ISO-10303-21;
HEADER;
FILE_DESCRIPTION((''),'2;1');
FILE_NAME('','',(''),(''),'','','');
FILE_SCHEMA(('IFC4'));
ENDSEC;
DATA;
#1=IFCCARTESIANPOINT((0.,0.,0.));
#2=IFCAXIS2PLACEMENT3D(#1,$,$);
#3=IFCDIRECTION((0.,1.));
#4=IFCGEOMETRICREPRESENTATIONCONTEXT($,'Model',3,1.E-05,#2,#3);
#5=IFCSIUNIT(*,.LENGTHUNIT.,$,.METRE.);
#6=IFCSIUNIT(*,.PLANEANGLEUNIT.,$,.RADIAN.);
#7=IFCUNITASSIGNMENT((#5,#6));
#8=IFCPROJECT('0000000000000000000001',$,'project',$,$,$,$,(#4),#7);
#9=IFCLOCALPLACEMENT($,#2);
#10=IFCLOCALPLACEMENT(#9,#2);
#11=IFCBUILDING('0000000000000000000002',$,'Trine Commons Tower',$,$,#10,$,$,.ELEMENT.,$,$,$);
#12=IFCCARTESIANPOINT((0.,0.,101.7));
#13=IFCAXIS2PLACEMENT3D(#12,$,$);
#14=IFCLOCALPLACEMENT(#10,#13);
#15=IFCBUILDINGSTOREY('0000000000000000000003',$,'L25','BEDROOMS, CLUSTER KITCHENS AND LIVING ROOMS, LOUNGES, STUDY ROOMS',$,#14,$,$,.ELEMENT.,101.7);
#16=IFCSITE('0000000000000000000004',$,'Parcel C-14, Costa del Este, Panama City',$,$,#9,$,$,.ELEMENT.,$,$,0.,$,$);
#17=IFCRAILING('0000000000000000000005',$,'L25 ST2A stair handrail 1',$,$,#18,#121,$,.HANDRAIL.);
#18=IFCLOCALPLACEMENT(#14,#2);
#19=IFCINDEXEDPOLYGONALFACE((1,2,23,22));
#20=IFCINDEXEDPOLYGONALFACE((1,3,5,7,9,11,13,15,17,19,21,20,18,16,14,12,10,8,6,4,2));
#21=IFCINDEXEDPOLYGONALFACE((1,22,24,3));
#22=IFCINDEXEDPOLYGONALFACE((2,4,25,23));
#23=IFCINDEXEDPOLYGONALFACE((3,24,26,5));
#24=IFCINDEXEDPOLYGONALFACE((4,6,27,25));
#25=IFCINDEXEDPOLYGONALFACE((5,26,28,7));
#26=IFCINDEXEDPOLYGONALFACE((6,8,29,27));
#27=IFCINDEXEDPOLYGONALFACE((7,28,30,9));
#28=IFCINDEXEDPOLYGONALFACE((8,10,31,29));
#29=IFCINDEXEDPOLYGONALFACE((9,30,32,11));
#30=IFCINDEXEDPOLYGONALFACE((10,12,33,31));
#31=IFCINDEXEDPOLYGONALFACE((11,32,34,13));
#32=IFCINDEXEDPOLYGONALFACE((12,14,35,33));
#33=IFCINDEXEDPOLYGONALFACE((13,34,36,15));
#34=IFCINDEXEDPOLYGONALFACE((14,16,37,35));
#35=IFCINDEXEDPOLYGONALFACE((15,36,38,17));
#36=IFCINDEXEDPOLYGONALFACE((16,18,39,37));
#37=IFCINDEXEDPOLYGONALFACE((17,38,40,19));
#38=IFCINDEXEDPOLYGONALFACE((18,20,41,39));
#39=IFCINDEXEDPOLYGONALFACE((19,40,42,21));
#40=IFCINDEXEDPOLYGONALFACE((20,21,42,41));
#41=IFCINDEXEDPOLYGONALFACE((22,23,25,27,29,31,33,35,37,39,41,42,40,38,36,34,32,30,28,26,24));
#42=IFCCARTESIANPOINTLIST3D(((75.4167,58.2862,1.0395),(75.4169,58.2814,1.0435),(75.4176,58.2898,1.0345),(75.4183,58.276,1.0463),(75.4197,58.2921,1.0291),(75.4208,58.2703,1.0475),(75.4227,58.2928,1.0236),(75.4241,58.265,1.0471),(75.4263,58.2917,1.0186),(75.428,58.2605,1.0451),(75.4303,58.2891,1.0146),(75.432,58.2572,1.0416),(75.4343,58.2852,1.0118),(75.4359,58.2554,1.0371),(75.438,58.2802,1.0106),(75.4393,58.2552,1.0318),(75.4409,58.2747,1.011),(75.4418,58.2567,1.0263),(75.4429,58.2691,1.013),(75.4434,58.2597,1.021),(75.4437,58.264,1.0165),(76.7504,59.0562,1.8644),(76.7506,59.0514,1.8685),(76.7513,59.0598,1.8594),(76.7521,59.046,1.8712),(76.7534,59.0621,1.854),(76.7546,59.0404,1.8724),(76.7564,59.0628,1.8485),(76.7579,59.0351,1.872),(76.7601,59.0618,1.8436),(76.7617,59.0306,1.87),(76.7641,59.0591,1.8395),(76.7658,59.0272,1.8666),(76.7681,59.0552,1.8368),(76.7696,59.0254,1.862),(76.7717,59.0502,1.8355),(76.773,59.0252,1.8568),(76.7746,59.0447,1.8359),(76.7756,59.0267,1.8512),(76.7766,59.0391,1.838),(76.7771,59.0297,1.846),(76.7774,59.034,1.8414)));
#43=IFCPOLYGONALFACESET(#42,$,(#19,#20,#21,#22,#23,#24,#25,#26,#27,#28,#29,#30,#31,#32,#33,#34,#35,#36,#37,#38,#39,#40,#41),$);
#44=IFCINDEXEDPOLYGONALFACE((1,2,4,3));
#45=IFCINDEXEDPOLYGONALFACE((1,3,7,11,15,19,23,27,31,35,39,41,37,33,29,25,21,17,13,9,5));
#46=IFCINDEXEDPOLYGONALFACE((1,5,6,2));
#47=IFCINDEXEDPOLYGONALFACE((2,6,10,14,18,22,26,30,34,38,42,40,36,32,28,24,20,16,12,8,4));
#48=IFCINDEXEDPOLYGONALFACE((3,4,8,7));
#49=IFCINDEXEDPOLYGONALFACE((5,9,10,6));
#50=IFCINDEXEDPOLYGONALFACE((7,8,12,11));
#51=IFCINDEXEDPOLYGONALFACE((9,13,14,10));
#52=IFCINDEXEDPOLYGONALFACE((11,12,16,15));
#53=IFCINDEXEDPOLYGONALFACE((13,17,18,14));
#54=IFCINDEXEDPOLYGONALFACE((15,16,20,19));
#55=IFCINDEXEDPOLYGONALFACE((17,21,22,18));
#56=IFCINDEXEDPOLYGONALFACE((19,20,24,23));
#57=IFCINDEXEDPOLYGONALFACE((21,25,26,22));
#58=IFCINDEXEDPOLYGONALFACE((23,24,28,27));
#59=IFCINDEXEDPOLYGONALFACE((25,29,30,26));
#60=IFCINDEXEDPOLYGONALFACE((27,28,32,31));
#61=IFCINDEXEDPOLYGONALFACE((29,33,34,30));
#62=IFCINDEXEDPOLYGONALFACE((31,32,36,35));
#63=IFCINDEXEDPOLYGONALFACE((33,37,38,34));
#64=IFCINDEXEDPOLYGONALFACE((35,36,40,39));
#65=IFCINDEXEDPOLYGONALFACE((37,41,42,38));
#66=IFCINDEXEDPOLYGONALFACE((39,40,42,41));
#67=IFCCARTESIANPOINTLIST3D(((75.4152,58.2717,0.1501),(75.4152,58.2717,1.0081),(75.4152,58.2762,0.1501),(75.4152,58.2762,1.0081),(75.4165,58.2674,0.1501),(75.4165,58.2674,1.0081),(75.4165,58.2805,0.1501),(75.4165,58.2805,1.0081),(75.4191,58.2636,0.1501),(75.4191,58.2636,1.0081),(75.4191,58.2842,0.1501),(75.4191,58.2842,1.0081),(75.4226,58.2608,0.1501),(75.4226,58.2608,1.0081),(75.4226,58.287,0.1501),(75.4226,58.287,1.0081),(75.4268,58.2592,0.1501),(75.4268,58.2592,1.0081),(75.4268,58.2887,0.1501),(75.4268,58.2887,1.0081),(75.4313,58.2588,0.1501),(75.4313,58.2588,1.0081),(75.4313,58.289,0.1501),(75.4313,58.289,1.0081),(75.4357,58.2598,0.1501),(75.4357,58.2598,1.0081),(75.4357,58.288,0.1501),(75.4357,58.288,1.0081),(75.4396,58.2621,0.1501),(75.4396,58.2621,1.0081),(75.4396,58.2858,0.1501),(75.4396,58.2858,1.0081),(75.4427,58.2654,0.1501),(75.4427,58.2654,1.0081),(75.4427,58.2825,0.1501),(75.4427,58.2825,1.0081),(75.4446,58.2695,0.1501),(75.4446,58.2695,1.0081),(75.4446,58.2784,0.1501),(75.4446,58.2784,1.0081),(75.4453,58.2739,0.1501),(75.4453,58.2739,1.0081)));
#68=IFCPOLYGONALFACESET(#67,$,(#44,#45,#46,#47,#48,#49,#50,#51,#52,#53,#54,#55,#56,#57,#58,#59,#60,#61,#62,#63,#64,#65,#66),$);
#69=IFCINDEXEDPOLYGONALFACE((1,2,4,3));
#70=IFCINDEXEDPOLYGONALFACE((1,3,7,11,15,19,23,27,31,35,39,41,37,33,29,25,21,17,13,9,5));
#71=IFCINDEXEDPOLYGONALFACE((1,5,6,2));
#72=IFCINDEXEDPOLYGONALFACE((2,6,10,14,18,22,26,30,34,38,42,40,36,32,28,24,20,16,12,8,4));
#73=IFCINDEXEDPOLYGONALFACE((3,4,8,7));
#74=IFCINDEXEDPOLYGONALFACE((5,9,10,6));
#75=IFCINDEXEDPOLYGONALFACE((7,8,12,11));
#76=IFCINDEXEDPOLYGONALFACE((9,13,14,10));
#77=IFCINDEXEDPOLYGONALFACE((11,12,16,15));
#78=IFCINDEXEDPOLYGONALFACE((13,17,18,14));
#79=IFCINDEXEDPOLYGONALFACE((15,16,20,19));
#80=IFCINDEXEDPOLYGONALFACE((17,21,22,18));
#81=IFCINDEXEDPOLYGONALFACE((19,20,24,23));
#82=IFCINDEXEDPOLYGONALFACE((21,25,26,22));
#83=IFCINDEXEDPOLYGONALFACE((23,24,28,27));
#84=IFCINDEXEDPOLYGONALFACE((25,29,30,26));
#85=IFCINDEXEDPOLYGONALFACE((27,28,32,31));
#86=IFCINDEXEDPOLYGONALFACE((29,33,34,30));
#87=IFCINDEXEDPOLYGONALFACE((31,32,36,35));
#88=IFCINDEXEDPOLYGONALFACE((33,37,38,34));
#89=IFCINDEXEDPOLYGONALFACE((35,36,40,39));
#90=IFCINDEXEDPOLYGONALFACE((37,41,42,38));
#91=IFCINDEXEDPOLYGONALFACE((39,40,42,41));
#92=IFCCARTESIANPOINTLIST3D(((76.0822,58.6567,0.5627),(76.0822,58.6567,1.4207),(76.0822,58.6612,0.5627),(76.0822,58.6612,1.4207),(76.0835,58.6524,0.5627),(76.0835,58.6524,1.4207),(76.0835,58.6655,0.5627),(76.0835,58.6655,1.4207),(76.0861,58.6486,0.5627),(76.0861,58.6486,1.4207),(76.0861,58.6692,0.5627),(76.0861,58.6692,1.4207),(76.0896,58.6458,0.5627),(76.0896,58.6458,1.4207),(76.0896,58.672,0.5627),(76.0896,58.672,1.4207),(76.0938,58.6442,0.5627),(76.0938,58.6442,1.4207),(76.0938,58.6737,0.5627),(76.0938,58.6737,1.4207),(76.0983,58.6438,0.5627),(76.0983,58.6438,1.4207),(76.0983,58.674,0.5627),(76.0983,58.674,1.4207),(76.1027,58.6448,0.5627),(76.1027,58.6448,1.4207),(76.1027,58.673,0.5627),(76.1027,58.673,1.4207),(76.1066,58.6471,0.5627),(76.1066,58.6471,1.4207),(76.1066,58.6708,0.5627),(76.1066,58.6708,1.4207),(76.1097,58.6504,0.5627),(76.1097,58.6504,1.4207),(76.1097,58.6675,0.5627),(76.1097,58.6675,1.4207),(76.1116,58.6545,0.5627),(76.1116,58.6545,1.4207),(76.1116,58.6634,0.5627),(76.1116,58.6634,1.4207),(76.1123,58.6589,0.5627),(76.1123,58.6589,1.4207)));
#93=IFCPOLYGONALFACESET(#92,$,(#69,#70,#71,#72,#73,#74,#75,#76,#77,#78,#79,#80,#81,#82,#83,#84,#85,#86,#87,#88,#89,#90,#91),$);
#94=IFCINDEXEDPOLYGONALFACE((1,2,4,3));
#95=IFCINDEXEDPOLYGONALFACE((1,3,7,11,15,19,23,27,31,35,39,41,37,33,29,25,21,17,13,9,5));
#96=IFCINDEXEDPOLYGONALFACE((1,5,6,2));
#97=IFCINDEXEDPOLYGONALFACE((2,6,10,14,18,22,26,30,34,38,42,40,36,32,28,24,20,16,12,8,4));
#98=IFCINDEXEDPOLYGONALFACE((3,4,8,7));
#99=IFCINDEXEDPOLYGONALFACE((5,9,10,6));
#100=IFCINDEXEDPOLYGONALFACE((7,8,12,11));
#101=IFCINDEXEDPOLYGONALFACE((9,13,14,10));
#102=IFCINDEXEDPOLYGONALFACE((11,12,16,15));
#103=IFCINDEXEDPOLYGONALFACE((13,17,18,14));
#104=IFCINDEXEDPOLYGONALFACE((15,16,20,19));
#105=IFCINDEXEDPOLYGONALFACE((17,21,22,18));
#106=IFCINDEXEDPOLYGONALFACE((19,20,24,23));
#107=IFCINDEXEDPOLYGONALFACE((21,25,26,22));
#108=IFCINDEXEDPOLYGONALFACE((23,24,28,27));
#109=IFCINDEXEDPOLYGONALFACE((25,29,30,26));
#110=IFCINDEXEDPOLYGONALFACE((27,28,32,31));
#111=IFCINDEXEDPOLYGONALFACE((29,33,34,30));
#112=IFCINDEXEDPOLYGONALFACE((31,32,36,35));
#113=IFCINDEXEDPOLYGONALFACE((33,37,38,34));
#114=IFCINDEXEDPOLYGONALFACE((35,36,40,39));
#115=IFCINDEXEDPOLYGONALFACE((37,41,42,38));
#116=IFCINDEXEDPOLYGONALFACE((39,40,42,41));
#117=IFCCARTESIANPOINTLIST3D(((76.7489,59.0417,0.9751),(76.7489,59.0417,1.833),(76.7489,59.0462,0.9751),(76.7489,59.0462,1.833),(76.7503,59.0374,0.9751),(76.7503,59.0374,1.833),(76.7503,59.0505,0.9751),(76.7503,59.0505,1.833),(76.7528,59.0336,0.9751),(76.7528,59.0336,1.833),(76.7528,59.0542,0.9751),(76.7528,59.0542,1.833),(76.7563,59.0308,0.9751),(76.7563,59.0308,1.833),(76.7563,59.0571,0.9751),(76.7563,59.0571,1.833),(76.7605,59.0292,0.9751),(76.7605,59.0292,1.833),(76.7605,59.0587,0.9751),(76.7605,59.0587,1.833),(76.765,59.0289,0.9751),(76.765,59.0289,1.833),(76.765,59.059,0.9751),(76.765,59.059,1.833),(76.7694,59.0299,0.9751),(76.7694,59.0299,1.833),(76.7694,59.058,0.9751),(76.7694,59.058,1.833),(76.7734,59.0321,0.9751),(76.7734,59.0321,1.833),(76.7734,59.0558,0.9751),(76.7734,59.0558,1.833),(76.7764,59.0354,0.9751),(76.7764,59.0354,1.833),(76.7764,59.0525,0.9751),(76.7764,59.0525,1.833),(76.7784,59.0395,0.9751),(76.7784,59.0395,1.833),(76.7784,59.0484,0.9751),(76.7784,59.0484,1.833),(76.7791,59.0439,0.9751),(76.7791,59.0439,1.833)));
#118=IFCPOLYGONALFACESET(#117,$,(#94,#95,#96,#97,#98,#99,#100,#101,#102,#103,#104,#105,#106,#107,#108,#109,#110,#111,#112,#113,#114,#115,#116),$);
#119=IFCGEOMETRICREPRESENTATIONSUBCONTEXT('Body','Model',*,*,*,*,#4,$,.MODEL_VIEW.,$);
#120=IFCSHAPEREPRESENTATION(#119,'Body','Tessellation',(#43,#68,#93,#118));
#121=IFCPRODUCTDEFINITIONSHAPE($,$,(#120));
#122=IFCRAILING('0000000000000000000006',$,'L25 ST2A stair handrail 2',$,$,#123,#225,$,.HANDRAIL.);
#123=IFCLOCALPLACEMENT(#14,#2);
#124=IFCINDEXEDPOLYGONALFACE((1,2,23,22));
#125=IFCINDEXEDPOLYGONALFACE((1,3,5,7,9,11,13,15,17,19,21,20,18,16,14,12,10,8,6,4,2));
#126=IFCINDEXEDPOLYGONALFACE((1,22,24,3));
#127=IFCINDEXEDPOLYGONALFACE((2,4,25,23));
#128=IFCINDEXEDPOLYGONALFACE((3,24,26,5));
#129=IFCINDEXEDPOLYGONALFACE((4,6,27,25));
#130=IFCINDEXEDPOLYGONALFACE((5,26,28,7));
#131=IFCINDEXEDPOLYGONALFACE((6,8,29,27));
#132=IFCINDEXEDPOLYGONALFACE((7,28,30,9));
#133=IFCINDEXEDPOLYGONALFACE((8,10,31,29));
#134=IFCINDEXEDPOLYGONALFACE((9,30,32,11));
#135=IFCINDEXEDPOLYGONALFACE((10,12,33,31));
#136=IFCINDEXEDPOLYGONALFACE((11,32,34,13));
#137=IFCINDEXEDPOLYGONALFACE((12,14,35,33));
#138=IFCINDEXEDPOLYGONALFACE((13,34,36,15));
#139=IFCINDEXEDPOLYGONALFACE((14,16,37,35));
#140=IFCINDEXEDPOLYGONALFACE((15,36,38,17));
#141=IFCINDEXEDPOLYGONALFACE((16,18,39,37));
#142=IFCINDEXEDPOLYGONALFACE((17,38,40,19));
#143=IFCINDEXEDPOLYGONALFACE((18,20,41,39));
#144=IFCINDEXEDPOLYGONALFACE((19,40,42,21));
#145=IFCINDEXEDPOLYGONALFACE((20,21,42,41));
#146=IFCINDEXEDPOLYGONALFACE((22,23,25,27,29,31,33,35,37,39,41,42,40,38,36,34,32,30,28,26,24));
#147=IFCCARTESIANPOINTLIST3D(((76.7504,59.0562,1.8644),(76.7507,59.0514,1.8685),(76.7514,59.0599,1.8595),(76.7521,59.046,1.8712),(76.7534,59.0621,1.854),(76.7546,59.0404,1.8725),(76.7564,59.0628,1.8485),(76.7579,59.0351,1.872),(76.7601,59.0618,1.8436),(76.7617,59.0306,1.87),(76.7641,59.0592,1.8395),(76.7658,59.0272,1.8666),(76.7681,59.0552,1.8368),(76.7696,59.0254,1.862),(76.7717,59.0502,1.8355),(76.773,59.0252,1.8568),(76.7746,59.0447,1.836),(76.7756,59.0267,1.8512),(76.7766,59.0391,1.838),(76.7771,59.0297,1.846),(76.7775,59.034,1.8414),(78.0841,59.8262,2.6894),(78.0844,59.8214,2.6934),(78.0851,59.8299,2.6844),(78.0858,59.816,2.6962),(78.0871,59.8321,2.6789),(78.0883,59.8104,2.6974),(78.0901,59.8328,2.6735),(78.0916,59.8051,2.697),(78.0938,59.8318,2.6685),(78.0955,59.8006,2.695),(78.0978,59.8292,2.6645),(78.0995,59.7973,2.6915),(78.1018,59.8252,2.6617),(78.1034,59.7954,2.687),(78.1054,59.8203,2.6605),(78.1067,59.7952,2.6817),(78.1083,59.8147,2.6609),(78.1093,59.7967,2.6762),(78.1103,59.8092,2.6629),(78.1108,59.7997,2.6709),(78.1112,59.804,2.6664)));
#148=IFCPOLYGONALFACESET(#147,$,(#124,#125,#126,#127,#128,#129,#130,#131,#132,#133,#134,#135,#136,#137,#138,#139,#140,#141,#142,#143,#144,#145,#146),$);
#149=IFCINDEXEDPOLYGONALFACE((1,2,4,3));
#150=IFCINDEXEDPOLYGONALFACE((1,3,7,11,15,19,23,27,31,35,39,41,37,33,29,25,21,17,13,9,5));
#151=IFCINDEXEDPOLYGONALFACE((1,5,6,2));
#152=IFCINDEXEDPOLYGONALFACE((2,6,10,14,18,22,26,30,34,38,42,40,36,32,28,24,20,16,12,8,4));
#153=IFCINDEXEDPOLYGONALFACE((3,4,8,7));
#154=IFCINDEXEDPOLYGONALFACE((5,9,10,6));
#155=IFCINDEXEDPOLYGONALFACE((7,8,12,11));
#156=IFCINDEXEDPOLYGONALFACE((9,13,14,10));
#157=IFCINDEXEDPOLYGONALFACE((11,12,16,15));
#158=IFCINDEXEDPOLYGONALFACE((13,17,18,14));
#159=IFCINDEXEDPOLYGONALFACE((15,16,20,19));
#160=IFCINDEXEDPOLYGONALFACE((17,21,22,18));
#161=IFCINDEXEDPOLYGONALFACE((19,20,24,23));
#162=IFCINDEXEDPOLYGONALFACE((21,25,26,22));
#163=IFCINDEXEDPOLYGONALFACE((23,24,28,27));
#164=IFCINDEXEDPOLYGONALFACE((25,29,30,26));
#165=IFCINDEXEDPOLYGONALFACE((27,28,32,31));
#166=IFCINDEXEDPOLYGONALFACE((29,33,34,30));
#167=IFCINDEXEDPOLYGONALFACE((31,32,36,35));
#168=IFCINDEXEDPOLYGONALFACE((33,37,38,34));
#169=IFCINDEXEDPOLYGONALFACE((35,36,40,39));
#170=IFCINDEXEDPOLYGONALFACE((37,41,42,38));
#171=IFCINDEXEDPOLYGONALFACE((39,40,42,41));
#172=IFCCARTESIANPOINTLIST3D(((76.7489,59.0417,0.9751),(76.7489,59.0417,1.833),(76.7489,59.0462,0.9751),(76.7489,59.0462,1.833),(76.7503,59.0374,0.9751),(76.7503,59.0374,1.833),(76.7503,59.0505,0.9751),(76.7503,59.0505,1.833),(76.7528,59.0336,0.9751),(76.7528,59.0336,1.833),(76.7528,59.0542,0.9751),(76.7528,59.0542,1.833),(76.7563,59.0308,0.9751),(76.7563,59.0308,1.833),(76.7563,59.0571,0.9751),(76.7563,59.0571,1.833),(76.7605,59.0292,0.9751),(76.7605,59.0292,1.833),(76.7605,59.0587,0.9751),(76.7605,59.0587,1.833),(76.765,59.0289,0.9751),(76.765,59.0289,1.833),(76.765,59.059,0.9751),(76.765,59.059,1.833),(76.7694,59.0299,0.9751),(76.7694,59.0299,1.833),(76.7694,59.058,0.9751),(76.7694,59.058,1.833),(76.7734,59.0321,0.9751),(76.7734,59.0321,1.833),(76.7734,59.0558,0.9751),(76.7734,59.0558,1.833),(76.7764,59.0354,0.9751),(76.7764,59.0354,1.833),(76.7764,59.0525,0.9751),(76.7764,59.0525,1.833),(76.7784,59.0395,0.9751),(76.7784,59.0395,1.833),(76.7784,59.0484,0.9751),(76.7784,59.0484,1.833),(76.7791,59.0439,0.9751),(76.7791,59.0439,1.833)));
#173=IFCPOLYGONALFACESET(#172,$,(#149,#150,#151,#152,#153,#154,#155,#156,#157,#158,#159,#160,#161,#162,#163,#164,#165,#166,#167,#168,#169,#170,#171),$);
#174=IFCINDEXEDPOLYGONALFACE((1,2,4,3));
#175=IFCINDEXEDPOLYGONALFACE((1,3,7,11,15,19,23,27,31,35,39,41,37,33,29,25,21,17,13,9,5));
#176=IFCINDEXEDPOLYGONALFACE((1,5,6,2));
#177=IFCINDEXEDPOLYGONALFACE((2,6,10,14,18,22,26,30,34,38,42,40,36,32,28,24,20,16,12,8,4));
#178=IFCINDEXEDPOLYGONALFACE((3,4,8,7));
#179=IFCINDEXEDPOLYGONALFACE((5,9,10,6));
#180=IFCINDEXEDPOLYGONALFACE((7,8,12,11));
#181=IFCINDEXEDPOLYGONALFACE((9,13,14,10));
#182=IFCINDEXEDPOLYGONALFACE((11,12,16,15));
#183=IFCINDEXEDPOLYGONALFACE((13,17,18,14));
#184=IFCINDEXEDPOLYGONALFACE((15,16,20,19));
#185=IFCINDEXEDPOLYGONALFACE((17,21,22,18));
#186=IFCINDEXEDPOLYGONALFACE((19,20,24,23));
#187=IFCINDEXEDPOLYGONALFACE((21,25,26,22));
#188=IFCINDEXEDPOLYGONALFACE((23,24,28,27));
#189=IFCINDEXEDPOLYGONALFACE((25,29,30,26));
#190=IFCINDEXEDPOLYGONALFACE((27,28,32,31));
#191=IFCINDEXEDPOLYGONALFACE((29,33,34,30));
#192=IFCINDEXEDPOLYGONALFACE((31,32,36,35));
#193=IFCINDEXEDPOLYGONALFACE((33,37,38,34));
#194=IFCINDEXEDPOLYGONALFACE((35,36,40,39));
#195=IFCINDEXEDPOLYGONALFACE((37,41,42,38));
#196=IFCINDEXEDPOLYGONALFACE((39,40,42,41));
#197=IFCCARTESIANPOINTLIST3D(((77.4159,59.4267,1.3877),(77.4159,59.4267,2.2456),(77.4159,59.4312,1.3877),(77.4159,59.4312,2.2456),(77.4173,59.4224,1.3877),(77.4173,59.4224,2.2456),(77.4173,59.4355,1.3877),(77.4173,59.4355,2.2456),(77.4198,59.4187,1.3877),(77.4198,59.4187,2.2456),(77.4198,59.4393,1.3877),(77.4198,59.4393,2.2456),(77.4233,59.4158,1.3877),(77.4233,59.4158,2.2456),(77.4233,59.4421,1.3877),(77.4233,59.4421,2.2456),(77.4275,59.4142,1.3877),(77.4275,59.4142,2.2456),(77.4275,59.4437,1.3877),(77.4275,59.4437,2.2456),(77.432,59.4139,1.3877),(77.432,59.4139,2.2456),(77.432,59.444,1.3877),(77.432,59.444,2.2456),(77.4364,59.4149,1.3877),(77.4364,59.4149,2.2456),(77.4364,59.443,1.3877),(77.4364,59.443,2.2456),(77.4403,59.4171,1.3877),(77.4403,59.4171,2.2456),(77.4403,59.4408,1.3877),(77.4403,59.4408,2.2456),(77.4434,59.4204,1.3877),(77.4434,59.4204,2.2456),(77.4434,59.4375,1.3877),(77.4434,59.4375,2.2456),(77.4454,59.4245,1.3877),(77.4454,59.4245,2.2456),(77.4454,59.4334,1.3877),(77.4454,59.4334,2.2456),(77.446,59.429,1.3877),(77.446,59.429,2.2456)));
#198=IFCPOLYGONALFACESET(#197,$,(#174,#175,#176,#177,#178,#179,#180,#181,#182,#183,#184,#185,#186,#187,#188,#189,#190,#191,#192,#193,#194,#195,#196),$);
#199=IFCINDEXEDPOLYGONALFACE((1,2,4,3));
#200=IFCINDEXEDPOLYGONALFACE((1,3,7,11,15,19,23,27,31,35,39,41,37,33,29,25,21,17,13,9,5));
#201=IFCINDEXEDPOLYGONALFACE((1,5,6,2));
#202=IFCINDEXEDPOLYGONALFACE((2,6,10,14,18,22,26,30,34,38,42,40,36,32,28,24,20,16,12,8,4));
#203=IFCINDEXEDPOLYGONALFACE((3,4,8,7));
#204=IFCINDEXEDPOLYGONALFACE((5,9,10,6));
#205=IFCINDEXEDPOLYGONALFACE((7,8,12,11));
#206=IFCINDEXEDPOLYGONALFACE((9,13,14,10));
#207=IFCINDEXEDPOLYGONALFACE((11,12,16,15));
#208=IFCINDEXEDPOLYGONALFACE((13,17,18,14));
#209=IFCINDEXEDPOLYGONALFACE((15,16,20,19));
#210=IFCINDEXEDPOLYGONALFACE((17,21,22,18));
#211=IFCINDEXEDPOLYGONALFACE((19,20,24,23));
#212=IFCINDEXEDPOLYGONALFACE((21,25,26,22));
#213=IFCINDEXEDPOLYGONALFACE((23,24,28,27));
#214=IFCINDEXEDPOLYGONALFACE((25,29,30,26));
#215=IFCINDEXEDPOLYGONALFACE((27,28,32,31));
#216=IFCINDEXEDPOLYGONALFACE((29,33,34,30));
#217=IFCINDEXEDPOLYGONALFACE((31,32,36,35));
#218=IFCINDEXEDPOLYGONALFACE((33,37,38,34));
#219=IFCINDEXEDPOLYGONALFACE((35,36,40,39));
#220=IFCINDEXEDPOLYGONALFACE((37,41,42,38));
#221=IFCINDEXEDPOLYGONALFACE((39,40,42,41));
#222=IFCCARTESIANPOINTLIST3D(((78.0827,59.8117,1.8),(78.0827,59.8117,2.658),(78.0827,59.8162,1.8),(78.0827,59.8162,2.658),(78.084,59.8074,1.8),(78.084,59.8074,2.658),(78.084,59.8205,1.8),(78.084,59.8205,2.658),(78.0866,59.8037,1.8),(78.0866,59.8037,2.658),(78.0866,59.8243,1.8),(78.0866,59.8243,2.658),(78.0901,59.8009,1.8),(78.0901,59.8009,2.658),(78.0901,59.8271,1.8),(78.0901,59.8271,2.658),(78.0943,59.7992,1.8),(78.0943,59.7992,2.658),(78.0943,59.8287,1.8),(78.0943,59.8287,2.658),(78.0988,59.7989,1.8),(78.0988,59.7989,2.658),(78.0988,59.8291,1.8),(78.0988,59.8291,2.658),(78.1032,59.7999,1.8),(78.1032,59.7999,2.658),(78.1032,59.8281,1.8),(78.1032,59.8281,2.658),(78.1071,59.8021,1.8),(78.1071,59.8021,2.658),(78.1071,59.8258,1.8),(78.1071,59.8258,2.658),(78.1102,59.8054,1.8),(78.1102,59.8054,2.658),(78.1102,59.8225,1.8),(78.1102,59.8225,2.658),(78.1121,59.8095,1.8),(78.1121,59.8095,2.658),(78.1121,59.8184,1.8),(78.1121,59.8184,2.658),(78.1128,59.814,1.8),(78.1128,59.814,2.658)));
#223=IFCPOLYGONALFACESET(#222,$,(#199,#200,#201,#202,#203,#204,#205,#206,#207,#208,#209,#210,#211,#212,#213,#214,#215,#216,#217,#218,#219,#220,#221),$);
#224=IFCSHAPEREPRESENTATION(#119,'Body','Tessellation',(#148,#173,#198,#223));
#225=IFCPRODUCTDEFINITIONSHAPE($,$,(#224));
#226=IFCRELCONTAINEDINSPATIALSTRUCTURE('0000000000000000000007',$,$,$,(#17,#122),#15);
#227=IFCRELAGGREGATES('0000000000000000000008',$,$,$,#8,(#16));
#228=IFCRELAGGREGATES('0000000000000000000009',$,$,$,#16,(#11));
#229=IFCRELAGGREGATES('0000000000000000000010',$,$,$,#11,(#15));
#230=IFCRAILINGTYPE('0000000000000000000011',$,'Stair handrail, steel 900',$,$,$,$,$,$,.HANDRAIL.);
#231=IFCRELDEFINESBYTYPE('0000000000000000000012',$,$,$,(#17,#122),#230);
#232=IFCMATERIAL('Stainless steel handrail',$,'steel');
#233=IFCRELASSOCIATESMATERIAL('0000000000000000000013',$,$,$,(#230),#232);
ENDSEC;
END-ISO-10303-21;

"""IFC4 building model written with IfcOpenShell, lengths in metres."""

from ifc_helpers import new_model, si_unit, direction, frame, origin, origin_2d, place, context, subcontext, project, spatial, circle, extrude, material, type_object, element, save


model = new_model("IFC4")

# Units and contexts
model_context = context("Model", 3, precision=1e-05, world=origin(), true_north=direction((0.0, 1.0)))
body_context = subcontext(model_context, "Body", "Model", "MODEL_VIEW")
ifc_project = project(units=[si_unit("LENGTHUNIT", "METRE"), si_unit("PLANEANGLEUNIT", "RADIAN")], contexts=[model_context])

# Site, building, storey
site_placement = place(None, origin())
site = spatial("IfcSite", under=ifc_project, at=site_placement, Name="Parcel C-14, Costa del Este, Panama City", CompositionType="ELEMENT", RefElevation=0.0)
building_placement = place(site_placement, origin())
building = spatial("IfcBuilding", under=site, at=building_placement, Name="Trine Commons Tower", CompositionType="ELEMENT")
storey_placement = place(building_placement, frame((0.0, 0.0, 101.7)))
storey = spatial("IfcBuildingStorey", under=building, at=storey_placement, Name="L25", Description="BEDROOMS, CLUSTER KITCHENS AND LIVING ROOMS, LOUNGES, STUDY ROOMS", CompositionType="ELEMENT", Elevation=101.7)

# Railings
ifc_material_1 = material(Name="Stainless steel handrail", Category="steel")
railing_type_1 = type_object("IfcRailingType", Name="Stair handrail, steel 900", PredefinedType="HANDRAIL", material=ifc_material_1)
for number, where, name in (
    (1, (75.4302, 58.2739, 0.1501), "L25 ST2A stair handrail 1"),
    (2, (76.7639, 59.0439, 0.9751), "L25 ST2A stair handrail 2"),
):
    element("IfcRailing", number, at=place(storey_placement, frame(where)), inside=storey, type_object=railing_type_1, Name=name, PredefinedType="HANDRAIL", context=body_context, shape_type="SweptSolid", body=[
        extrude(circle(Radius=0.021, at=origin_2d()), frame((0.0, 0.0, 0.8789), z_axis=(0.763405, 0.440743, 0.472185), x_axis=(-0.499992, 0.86603, 0.0)), (0.0, 0.0, 1.0), 1.7471),
        extrude(circle(Radius=0.0151, at=origin_2d()), origin(), (0.0, 0.0, 1.0), 0.8579),
        extrude(circle(Radius=0.0151, at=origin_2d()), frame((0.667, 0.385, 0.4126)), (0.0, 0.0, 1.0), 0.8579),
        extrude(circle(Radius=0.0151, at=origin_2d()), frame((1.3337, 0.77, 0.825)), (0.0, 0.0, 1.0), 0.8579),
    ])

save(model, "model.ifc")
